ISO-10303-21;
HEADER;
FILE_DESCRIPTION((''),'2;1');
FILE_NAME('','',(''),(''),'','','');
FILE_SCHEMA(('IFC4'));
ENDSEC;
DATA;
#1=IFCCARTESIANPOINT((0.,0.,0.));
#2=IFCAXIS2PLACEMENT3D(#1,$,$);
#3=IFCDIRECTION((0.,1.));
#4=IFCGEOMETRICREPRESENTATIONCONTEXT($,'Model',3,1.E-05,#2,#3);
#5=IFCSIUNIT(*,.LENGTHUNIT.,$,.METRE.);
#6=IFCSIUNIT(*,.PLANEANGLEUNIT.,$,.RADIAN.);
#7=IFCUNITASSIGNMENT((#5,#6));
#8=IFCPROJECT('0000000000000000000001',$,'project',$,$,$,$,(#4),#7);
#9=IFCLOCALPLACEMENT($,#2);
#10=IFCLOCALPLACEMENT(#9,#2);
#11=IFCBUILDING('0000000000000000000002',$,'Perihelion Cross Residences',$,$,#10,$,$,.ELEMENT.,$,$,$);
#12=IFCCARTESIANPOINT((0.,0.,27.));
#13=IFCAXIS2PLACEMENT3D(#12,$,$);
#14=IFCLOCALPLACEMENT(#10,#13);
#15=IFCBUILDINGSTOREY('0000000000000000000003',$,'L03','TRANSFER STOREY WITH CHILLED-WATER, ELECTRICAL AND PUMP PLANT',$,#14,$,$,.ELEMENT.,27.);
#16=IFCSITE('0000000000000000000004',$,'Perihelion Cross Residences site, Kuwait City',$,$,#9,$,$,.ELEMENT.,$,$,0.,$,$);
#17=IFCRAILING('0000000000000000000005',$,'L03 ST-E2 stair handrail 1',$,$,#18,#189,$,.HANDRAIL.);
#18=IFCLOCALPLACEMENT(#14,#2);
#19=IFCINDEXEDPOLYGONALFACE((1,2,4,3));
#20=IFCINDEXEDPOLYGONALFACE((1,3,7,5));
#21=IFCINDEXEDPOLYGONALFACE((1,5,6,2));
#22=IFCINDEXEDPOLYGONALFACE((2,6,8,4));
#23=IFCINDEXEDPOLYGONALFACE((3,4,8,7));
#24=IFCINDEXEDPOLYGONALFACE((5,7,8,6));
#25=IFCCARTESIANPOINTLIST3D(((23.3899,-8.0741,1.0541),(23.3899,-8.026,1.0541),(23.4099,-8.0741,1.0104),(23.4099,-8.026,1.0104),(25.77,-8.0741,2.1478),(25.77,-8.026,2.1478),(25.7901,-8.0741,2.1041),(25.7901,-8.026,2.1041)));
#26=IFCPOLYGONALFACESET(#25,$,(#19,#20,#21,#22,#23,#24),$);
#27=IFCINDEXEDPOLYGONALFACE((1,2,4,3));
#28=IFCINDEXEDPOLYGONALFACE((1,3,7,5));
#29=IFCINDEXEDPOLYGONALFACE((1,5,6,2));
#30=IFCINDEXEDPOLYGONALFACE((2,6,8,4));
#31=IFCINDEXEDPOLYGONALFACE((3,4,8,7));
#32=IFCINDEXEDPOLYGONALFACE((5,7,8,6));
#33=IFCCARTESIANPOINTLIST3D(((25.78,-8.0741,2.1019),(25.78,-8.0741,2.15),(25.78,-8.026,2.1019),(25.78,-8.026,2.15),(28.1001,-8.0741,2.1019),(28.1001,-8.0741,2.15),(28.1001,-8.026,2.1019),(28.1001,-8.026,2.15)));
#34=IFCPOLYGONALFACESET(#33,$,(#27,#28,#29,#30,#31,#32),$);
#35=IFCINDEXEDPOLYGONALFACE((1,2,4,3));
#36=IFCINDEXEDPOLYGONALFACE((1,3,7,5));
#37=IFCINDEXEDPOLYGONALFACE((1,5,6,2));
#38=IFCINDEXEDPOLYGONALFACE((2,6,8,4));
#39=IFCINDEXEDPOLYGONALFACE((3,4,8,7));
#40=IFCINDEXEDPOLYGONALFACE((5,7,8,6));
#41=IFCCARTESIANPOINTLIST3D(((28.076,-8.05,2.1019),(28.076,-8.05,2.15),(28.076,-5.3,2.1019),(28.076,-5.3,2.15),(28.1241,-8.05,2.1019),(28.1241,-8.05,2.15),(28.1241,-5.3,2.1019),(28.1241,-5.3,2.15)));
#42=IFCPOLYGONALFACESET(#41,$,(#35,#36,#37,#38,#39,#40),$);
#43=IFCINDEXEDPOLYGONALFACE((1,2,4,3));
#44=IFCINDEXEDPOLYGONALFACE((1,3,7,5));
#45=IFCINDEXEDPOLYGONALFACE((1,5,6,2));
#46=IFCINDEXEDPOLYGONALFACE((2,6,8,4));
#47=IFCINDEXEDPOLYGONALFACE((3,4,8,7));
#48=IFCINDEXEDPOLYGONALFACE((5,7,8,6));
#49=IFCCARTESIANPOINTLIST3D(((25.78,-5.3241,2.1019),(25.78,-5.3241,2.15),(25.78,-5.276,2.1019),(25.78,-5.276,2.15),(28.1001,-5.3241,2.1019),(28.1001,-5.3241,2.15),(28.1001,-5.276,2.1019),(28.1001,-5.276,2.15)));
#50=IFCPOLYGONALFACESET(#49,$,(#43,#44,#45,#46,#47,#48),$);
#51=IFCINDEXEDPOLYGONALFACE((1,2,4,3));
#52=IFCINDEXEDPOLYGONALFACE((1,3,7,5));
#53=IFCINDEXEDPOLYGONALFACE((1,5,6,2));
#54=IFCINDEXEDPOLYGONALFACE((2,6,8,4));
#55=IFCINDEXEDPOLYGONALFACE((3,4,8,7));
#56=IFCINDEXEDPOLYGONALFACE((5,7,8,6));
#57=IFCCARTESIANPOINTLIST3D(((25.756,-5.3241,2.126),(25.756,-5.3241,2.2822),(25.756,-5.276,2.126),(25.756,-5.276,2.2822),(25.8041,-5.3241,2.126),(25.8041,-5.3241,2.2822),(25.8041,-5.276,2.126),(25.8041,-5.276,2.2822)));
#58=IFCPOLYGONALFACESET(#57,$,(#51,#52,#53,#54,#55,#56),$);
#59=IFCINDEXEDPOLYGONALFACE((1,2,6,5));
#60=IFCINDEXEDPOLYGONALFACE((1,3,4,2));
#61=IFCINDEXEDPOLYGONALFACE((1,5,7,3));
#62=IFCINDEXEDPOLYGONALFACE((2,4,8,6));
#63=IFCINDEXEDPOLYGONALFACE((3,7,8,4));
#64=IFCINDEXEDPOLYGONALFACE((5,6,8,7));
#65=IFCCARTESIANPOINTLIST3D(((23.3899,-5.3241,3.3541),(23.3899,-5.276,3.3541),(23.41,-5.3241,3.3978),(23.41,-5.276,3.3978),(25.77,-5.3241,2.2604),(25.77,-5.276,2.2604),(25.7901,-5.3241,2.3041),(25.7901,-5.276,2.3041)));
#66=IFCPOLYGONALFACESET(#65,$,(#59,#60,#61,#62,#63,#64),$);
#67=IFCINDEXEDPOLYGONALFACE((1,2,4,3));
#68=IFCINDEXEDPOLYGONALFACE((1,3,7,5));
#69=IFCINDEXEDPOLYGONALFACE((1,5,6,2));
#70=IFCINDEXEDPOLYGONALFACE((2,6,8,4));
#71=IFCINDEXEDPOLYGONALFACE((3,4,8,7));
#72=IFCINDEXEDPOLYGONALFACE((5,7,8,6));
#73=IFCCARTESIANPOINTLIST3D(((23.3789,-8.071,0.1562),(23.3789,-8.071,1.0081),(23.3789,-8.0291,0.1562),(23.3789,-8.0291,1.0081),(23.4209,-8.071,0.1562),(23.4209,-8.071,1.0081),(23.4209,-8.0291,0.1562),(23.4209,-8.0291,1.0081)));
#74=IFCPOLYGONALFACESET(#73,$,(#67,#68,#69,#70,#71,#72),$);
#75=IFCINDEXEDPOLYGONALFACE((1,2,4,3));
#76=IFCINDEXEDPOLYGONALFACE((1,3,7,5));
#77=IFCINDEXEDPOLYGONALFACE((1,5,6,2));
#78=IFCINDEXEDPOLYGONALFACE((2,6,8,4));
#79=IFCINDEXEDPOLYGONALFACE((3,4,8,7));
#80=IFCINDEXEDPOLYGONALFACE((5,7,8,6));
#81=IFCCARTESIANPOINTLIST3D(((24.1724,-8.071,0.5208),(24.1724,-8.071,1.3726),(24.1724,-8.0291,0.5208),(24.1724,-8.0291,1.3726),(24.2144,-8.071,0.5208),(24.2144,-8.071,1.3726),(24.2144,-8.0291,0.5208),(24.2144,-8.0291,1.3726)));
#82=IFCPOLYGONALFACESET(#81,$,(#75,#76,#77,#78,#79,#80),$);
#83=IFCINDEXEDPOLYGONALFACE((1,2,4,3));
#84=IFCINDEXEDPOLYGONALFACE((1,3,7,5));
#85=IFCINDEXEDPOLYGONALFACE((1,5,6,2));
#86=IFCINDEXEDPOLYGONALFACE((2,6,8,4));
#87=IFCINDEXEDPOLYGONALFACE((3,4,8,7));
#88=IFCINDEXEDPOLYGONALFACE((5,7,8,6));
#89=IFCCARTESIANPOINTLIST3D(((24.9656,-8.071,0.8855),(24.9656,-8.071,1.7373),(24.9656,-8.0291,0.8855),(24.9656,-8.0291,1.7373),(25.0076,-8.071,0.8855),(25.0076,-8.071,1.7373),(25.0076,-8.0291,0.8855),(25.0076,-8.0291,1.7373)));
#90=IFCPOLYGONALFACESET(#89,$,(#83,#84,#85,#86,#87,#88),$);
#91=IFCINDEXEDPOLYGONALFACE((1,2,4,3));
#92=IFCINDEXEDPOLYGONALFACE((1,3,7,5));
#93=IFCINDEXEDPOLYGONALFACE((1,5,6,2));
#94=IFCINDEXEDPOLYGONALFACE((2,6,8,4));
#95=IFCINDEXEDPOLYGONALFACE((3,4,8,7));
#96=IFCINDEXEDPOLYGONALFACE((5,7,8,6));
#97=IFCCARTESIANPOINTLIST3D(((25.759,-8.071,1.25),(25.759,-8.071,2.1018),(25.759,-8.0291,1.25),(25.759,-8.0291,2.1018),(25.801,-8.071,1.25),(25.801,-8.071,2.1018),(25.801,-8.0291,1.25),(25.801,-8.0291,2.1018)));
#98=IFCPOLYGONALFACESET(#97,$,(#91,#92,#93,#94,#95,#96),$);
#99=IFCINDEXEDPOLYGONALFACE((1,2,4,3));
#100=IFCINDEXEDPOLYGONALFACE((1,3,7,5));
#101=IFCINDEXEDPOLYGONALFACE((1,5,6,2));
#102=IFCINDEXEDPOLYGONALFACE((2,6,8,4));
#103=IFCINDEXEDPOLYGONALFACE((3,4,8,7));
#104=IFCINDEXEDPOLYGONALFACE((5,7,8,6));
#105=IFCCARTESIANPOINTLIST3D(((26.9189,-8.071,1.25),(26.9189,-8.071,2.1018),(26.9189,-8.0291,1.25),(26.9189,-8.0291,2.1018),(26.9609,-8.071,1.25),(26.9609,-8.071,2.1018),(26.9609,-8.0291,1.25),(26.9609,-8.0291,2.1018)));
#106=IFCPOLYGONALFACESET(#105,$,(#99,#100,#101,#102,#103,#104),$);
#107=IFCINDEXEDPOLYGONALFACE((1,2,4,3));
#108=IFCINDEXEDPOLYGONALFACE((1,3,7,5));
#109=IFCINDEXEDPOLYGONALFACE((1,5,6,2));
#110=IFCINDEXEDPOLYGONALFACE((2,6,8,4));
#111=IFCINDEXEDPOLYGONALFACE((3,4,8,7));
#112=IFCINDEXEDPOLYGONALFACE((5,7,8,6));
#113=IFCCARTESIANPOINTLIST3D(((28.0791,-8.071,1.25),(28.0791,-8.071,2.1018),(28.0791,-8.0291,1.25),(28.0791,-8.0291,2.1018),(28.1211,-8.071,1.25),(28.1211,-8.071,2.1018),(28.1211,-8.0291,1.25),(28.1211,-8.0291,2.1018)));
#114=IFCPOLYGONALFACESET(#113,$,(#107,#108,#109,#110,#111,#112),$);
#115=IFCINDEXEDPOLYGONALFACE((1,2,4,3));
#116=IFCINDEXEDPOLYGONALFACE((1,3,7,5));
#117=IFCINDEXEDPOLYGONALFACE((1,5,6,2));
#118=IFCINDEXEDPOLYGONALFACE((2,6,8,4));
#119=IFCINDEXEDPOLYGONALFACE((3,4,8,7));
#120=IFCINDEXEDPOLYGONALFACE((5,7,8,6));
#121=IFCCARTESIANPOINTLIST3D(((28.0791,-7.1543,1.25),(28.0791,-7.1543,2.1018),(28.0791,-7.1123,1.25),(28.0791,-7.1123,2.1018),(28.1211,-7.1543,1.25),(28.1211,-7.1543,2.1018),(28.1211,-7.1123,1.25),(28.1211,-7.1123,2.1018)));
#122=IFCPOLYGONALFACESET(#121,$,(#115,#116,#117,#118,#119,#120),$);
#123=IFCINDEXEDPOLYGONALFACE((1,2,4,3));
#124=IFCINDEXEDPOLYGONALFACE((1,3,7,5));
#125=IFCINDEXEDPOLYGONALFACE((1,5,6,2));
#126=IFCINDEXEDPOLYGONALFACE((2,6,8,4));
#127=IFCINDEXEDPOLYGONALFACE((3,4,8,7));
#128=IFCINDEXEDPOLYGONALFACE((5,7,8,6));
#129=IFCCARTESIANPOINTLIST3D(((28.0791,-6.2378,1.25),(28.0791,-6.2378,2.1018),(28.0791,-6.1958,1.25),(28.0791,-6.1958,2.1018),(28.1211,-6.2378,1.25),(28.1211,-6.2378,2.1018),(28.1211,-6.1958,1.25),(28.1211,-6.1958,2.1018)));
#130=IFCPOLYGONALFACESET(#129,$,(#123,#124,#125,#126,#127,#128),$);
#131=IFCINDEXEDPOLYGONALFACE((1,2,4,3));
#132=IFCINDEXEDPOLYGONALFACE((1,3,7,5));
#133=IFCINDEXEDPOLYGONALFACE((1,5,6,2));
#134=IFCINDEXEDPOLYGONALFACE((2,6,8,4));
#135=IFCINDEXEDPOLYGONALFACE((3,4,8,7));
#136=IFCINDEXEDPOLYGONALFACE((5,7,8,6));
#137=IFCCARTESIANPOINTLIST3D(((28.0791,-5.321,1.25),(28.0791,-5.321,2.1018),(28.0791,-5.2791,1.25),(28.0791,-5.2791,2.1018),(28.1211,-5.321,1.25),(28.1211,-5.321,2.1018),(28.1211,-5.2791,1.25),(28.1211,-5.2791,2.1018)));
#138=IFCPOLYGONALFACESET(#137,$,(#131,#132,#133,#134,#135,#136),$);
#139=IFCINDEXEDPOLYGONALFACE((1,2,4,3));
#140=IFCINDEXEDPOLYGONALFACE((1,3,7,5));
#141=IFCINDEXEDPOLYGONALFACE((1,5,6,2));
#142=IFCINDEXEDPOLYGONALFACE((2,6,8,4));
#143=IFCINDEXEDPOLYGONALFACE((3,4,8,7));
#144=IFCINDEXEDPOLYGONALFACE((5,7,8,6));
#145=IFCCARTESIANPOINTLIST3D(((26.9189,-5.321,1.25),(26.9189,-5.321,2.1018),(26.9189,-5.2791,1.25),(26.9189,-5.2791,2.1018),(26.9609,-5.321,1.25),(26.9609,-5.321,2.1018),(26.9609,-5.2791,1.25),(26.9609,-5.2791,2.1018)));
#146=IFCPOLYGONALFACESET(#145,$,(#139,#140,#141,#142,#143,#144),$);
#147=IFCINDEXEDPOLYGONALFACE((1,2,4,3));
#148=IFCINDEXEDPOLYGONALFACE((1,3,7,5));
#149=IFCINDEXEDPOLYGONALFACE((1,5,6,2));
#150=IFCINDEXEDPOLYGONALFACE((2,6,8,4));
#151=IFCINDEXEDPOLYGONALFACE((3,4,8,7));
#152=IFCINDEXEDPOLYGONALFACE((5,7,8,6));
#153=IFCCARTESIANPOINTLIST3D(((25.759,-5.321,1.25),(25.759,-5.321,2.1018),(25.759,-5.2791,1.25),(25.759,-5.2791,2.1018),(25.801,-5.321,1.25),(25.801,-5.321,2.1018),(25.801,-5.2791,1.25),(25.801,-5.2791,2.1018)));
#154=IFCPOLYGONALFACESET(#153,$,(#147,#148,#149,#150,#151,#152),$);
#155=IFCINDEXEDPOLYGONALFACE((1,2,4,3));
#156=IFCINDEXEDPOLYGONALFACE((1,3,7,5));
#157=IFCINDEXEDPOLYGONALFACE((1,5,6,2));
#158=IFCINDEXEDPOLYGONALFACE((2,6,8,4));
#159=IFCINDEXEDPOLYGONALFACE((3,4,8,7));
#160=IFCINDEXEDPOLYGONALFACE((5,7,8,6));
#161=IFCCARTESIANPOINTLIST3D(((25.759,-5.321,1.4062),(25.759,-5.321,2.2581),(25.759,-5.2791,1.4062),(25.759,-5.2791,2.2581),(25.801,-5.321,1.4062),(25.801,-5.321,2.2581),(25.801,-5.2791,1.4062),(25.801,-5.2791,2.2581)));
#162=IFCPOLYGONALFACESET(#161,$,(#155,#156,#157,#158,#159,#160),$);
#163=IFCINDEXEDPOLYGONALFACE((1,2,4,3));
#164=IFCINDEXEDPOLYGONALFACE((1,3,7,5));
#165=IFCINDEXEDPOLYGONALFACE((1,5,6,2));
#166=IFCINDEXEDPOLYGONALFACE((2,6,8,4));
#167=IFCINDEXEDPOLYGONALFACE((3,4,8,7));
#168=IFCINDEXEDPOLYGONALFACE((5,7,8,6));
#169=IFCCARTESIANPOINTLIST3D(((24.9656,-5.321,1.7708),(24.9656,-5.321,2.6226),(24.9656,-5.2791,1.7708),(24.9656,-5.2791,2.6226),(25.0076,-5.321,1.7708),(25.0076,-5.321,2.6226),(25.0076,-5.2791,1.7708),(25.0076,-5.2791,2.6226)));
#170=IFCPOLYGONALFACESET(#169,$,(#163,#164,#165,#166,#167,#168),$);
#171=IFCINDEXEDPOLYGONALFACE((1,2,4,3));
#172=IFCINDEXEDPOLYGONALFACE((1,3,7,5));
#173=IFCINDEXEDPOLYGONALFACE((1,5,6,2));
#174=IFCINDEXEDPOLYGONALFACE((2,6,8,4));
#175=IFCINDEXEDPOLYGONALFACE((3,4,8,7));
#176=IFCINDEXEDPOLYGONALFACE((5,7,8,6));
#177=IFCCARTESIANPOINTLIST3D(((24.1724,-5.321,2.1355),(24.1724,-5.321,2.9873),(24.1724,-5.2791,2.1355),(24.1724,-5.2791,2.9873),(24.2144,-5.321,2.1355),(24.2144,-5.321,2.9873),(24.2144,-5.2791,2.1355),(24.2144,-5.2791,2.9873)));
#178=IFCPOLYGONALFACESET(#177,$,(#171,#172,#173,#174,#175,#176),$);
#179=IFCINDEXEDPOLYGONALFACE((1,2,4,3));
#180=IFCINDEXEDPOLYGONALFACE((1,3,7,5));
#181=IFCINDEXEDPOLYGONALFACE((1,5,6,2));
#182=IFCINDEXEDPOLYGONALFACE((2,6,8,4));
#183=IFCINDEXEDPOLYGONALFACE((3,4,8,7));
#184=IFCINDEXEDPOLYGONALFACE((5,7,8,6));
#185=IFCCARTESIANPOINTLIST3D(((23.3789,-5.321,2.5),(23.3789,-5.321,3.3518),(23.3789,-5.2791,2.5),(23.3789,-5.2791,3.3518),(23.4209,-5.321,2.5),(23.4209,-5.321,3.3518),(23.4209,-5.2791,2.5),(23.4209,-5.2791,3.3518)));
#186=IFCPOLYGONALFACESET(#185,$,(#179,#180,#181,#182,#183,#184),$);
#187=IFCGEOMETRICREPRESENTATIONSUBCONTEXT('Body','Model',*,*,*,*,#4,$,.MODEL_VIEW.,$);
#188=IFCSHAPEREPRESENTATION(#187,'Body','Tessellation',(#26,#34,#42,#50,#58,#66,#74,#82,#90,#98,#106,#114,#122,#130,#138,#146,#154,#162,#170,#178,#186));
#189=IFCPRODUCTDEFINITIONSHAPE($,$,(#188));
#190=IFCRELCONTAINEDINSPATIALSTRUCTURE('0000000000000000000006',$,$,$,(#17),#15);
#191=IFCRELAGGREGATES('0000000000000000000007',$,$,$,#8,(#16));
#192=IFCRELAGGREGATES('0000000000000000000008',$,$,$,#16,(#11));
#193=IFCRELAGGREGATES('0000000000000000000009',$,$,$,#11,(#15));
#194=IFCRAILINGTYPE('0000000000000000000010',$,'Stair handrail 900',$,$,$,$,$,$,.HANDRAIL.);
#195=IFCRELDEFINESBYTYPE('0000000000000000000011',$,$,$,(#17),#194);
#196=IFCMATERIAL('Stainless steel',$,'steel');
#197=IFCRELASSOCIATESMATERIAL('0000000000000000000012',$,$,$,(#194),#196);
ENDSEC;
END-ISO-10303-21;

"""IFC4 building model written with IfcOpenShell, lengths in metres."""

from ifc_helpers import new_model, si_unit, direction, frame, origin, origin_2d, place, context, subcontext, project, spatial, rectangle, extrude, material, type_object, element, save


model = new_model("IFC4")

# Units and contexts
model_context = context("Model", 3, precision=1e-05, world=origin(), true_north=direction((0.0, 1.0)))
body_context = subcontext(model_context, "Body", "Model", "MODEL_VIEW")
ifc_project = project(units=[si_unit("LENGTHUNIT", "METRE"), si_unit("PLANEANGLEUNIT", "RADIAN")], contexts=[model_context])

# Site, building, storey
site_placement = place(None, origin())
site = spatial("IfcSite", under=ifc_project, at=site_placement, Name="Perihelion Cross Residences site, Kuwait City", CompositionType="ELEMENT", RefElevation=0.0)
building_placement = place(site_placement, origin())
building = spatial("IfcBuilding", under=site, at=building_placement, Name="Perihelion Cross Residences", CompositionType="ELEMENT")
storey_placement = place(building_placement, frame((0.0, 0.0, 27.0)))
storey = spatial("IfcBuildingStorey", under=building, at=storey_placement, Name="L03", Description="TRANSFER STOREY WITH CHILLED-WATER, ELECTRICAL AND PUMP PLANT", CompositionType="ELEMENT", Elevation=27.0)

# Railing
ifc_material_1 = material(Name="Stainless steel", Category="steel")
railing_type_1 = type_object("IfcRailingType", Name="Stair handrail 900", PredefinedType="HANDRAIL", material=ifc_material_1)
railing_1_placement = place(storey_placement, frame((23.3999, -8.05, 0.1562)))
element("IfcRailing", 1, at=railing_1_placement, inside=storey, type_object=railing_type_1, Name="L03 ST-E2 stair handrail 1", PredefinedType="HANDRAIL", context=body_context, shape_type="SweptSolid", body=[
    extrude(rectangle(XDim=0.0481, YDim=0.0481, at=origin_2d()), frame((0.0, 0.0, 0.876), z_axis=(0.908651, 0.0, 0.417556), x_axis=(0.0, 1.0, 0.0)), (0.0, 0.0, 1.0), 2.6194),
    extrude(rectangle(XDim=0.0481, YDim=0.0481, at=origin_2d()), frame((2.3801, 0.0, 1.9697), z_axis=(1.0, 0.0, 0.0), x_axis=(0.0, 1.0, 0.0)), (0.0, 0.0, 1.0), 2.3201),
    extrude(rectangle(XDim=0.0481, YDim=0.0481, at=origin_2d()), frame((4.7002, 0.0, 1.9697), z_axis=(0.0, 1.0, 0.0), x_axis=(-1.0, 0.0, 0.0)), (0.0, 0.0, 1.0), 2.75),
    extrude(rectangle(XDim=0.0481, YDim=0.0481, at=origin_2d()), frame((4.7002, 2.75, 1.9697), z_axis=(-1.0, 0.0, 0.0), x_axis=(0.0, -1.0, 0.0)), (0.0, 0.0, 1.0), 2.3201),
    extrude(rectangle(XDim=0.0481, YDim=0.0481, at=origin_2d()), frame((2.3801, 2.75, 1.9697), z_axis=(0.0, 0.0, 1.0), x_axis=(1.0, 0.0, 0.0)), (0.0, 0.0, 1.0), 0.1562),
    extrude(rectangle(XDim=0.0481, YDim=0.0481, at=origin_2d()), frame((2.3801, 2.75, 2.126), z_axis=(-0.908651, 0.0, 0.417556), x_axis=(0.0, -1.0, 0.0)), (0.0, 0.0, 1.0), 2.6194),
    extrude(rectangle(XDim=0.042, YDim=0.042, at=origin_2d()), origin(), (0.0, 0.0, 1.0), 0.8518),
    extrude(rectangle(XDim=0.042, YDim=0.042, at=origin_2d()), frame((0.7935, 0.0, 0.3645)), (0.0, 0.0, 1.0), 0.8518),
    extrude(rectangle(XDim=0.042, YDim=0.042, at=origin_2d()), frame((1.5867, 0.0, 0.7292)), (0.0, 0.0, 1.0), 0.8518),
    extrude(rectangle(XDim=0.042, YDim=0.042, at=origin_2d()), frame((2.3801, 0.0, 1.0938)), (0.0, 0.0, 1.0), 0.8518),
    extrude(rectangle(XDim=0.042, YDim=0.042, at=origin_2d()), frame((3.54, 0.0, 1.0938)), (0.0, 0.0, 1.0), 0.8518),
    extrude(rectangle(XDim=0.042, YDim=0.042, at=origin_2d()), frame((4.7002, 0.0, 1.0938)), (0.0, 0.0, 1.0), 0.8518),
    extrude(rectangle(XDim=0.042, YDim=0.042, at=origin_2d()), frame((4.7002, 0.9167, 1.0938)), (0.0, 0.0, 1.0), 0.8518),
    extrude(rectangle(XDim=0.042, YDim=0.042, at=origin_2d()), frame((4.7002, 1.8333, 1.0938)), (0.0, 0.0, 1.0), 0.8518),
    extrude(rectangle(XDim=0.042, YDim=0.042, at=origin_2d()), frame((4.7002, 2.75, 1.0938)), (0.0, 0.0, 1.0), 0.8518),
    extrude(rectangle(XDim=0.042, YDim=0.042, at=origin_2d()), frame((3.54, 2.75, 1.0938)), (0.0, 0.0, 1.0), 0.8518),
    extrude(rectangle(XDim=0.042, YDim=0.042, at=origin_2d()), frame((2.3801, 2.75, 1.0938)), (0.0, 0.0, 1.0), 0.8518),
    extrude(rectangle(XDim=0.042, YDim=0.042, at=origin_2d()), frame((2.3801, 2.75, 1.25)), (0.0, 0.0, 1.0), 0.8518),
    extrude(rectangle(XDim=0.042, YDim=0.042, at=origin_2d()), frame((1.5867, 2.75, 1.6145)), (0.0, 0.0, 1.0), 0.8518),
    extrude(rectangle(XDim=0.042, YDim=0.042, at=origin_2d()), frame((0.7935, 2.75, 1.9792)), (0.0, 0.0, 1.0), 0.8518),
    extrude(rectangle(XDim=0.042, YDim=0.042, at=origin_2d()), frame((0.0, 2.75, 2.3438)), (0.0, 0.0, 1.0), 0.8518),
])

save(model, "model.ifc")
